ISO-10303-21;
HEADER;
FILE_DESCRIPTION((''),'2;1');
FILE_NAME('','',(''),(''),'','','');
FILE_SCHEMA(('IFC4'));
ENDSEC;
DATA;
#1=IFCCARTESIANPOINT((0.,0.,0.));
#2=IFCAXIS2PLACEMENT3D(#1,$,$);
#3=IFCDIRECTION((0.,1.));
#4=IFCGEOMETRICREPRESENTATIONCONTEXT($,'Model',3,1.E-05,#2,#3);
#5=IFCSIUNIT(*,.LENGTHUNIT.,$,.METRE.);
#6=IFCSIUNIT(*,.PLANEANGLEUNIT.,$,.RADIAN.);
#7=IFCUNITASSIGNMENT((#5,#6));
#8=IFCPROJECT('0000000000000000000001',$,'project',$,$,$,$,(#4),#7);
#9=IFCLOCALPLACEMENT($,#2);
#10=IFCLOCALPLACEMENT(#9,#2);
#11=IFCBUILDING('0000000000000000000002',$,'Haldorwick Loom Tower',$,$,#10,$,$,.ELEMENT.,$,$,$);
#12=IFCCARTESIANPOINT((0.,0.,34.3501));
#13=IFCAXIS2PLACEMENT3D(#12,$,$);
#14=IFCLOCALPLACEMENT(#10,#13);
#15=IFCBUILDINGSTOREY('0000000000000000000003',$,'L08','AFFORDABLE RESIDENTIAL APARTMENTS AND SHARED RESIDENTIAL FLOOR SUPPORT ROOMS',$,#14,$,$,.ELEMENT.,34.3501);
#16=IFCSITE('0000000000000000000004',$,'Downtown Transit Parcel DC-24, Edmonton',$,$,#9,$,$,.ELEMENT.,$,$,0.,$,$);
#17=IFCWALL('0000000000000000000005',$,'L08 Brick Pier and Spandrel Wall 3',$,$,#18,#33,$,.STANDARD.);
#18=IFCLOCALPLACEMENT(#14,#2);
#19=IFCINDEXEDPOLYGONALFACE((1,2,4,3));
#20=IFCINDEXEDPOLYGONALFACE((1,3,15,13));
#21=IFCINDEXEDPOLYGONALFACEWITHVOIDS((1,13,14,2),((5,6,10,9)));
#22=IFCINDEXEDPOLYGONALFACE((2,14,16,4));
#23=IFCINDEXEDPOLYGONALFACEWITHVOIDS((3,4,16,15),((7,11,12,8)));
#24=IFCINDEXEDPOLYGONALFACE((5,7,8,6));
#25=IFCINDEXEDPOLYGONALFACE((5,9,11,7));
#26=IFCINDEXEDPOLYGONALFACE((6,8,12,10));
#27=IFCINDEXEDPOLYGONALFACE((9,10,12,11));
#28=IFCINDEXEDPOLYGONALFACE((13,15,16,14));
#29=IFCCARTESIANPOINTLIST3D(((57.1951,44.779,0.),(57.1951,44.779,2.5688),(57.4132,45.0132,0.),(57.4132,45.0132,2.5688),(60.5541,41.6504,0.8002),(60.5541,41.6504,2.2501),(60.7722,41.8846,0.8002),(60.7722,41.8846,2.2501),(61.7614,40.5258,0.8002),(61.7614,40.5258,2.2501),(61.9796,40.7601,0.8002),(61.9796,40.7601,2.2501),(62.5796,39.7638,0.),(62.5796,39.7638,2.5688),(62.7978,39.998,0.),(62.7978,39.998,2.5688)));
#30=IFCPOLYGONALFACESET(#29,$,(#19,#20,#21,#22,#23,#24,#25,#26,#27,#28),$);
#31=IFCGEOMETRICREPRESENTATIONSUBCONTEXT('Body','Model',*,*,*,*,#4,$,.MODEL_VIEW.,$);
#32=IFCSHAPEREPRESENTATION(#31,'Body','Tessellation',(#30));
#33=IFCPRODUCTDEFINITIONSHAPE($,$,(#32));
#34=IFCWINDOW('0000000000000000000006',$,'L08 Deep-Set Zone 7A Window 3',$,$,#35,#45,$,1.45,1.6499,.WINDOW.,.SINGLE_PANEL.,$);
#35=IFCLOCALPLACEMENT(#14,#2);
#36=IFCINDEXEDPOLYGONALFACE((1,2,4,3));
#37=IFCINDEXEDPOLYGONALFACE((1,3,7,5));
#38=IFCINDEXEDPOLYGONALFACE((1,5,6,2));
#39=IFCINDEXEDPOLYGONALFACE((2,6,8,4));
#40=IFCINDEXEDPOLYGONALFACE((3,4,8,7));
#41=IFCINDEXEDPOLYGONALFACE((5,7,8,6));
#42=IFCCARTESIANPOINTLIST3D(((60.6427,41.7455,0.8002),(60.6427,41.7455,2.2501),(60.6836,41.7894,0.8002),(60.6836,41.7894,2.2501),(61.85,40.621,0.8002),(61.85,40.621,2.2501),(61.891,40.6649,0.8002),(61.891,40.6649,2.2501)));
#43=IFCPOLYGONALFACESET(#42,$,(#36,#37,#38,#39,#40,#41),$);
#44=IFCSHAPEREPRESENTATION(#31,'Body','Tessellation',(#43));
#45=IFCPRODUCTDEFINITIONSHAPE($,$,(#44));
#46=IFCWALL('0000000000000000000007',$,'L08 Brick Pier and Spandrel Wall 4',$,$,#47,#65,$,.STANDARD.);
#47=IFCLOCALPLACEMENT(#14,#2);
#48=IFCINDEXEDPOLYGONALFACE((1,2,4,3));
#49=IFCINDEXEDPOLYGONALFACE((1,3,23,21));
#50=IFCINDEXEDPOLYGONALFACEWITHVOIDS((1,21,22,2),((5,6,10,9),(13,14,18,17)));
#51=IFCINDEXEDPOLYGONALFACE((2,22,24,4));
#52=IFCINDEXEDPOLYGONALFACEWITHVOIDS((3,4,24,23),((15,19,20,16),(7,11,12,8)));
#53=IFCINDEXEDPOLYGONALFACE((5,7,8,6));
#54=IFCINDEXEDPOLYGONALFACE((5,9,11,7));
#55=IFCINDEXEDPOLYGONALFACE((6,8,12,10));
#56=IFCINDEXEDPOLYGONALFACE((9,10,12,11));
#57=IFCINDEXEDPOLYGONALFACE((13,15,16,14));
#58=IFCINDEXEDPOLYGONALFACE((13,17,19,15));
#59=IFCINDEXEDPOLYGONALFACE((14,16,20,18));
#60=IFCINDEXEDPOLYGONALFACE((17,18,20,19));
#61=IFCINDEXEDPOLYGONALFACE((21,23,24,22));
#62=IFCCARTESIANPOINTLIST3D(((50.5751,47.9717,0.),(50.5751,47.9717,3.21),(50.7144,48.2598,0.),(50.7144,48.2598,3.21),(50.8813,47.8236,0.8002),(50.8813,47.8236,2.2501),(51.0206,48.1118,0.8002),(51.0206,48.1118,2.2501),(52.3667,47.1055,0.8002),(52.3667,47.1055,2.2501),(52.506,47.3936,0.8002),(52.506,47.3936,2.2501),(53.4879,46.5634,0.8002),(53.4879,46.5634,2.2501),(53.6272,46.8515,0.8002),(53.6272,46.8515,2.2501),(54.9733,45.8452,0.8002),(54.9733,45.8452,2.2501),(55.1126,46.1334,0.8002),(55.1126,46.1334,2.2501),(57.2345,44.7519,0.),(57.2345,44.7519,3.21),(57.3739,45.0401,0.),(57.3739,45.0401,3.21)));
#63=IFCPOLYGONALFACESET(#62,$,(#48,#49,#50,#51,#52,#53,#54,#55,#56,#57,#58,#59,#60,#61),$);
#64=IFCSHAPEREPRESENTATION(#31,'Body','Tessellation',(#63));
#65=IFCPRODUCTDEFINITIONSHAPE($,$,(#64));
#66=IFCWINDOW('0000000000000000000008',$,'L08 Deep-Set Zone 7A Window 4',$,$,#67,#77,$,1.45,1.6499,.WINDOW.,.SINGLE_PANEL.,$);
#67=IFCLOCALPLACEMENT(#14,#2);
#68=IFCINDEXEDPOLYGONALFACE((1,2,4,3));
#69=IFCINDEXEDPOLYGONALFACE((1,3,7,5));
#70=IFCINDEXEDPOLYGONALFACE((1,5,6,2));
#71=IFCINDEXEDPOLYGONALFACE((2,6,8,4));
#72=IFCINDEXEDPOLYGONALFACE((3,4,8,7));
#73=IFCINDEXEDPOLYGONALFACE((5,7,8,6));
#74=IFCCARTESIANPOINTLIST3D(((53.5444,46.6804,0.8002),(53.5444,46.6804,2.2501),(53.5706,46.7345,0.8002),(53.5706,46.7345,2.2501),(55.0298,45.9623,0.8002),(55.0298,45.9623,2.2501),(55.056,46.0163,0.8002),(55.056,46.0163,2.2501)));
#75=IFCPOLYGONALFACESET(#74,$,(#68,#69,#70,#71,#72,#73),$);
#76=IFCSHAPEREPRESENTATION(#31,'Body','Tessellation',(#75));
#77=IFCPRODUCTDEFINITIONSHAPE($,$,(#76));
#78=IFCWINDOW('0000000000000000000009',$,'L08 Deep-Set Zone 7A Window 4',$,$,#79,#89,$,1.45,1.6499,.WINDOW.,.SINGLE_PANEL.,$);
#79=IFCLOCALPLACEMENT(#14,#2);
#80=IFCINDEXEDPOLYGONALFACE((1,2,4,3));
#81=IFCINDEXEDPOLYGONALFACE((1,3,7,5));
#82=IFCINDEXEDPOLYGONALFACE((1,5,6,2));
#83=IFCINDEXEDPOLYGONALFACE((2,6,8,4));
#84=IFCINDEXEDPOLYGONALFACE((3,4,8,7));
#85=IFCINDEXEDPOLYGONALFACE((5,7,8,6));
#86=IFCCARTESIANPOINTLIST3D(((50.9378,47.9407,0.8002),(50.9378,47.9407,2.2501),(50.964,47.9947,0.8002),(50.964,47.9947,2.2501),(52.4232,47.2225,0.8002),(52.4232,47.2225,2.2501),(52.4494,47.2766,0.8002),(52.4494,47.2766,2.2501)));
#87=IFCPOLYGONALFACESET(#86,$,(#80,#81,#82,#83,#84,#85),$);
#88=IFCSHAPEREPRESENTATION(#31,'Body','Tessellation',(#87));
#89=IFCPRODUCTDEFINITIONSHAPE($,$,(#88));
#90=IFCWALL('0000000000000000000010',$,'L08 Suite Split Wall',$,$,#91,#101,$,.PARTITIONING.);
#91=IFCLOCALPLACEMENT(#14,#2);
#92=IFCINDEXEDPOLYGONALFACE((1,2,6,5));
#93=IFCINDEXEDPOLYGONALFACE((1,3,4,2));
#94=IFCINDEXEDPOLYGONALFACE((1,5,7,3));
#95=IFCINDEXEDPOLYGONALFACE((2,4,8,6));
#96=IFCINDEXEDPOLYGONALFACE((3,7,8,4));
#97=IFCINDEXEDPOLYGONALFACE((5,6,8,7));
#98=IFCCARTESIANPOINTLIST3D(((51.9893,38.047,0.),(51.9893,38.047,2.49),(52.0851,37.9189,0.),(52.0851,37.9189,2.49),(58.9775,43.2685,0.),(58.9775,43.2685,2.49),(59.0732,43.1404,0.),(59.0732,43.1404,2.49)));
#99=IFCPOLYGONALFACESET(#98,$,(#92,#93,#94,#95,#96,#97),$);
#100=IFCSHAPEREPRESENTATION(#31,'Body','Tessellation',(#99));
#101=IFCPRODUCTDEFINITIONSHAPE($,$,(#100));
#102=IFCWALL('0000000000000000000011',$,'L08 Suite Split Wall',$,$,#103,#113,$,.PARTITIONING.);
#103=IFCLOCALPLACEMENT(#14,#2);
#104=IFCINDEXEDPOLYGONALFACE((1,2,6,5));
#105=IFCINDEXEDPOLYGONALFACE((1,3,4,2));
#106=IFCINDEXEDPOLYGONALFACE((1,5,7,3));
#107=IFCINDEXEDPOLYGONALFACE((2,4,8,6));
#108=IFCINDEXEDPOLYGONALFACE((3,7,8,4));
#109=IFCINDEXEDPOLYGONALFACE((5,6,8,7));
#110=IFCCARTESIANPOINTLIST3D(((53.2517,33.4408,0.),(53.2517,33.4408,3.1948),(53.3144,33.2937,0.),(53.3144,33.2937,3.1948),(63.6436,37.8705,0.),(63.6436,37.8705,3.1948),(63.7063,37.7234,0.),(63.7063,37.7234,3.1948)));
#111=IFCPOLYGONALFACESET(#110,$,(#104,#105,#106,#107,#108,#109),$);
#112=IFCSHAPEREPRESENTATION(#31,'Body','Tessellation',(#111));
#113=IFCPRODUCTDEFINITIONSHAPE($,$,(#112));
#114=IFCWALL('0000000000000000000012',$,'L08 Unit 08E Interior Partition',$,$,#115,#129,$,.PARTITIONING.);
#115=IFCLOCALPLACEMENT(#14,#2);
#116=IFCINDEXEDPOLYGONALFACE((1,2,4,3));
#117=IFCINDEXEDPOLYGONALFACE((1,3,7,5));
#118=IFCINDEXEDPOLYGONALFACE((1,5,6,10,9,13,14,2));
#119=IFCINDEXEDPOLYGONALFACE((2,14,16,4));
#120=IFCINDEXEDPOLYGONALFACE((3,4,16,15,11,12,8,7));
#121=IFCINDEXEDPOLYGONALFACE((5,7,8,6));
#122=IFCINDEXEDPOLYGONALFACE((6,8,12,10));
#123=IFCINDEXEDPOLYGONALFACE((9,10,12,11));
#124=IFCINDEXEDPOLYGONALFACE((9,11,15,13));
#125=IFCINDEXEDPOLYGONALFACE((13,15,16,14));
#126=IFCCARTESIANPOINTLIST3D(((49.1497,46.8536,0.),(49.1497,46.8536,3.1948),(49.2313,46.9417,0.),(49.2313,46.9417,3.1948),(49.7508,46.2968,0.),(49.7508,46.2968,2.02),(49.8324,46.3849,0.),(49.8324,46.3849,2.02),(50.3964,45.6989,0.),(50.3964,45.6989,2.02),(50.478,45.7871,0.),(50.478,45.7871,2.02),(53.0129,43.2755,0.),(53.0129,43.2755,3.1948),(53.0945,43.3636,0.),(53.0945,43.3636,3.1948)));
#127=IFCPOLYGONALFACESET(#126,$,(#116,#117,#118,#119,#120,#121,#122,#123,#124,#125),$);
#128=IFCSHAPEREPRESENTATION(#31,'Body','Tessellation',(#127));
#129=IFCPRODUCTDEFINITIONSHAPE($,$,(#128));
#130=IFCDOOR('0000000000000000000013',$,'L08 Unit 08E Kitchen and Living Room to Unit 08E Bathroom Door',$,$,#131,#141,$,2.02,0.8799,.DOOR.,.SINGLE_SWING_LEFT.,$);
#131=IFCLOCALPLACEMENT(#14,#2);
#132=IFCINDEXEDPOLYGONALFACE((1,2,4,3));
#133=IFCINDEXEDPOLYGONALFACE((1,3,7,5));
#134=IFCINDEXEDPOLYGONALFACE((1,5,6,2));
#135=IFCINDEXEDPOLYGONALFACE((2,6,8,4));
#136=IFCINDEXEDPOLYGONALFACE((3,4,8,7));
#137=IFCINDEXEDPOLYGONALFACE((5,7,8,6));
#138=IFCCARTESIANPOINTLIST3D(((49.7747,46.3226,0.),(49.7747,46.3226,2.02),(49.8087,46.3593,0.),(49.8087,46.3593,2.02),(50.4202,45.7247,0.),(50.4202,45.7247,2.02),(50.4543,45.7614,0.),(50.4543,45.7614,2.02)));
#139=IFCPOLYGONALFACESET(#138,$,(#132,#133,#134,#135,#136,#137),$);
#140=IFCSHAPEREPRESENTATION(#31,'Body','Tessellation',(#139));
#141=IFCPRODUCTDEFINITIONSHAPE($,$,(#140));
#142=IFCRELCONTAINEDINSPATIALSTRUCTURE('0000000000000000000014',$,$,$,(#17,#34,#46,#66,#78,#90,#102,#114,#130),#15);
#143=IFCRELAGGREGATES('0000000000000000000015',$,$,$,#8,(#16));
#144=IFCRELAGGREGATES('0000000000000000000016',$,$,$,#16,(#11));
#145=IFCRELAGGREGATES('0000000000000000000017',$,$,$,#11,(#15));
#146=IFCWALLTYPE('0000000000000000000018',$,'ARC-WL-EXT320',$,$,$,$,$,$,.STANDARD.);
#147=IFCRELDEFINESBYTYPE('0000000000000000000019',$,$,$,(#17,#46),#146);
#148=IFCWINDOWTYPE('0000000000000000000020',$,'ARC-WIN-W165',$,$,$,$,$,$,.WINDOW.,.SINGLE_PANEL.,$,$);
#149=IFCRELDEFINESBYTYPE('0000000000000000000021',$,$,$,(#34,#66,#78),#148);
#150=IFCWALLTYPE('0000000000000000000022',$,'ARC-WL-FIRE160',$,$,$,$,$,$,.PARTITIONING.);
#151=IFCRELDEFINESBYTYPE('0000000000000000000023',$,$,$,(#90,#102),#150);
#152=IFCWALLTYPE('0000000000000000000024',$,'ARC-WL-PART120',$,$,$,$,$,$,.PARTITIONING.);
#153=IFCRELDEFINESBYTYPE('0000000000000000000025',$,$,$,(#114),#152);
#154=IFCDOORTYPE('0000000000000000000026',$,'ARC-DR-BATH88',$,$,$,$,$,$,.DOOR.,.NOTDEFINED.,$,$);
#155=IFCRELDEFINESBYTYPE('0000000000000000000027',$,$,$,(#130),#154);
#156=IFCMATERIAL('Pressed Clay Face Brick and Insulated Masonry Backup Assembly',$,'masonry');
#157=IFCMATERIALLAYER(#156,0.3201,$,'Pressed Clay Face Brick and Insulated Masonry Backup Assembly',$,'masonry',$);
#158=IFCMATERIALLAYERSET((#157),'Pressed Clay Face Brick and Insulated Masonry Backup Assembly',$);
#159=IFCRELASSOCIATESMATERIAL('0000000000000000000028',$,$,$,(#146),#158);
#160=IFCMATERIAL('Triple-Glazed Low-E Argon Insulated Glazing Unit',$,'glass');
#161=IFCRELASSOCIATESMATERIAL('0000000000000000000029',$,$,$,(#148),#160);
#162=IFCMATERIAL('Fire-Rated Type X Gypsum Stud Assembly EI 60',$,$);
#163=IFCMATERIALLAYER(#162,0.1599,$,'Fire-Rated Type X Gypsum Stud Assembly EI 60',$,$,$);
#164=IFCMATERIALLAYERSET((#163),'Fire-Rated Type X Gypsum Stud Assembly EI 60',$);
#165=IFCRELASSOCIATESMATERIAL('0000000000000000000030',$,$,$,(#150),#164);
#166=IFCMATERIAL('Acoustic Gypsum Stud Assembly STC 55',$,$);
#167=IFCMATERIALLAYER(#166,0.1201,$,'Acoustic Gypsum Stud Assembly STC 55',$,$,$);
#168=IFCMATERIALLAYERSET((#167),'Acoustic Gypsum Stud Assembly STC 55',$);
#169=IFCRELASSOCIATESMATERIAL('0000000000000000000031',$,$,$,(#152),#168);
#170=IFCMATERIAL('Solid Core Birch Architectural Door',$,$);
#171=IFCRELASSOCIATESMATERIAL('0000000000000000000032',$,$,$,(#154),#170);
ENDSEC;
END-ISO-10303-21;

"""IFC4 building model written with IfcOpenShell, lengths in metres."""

from ifc_helpers import new_model, si_unit, direction, frame, frame_2d, origin, place, context, subcontext, project, spatial, rectangle, extrude, material, layer, layer_set, type_object, element, fill, save


model = new_model("IFC4")

# Units and contexts
model_context = context("Model", 3, precision=1e-05, world=origin(), true_north=direction((0.0, 1.0)))
body_context = subcontext(model_context, "Body", "Model", "MODEL_VIEW")
ifc_project = project(units=[si_unit("LENGTHUNIT", "METRE"), si_unit("PLANEANGLEUNIT", "RADIAN")], contexts=[model_context])

# Site, building, storey
site_placement = place(None, origin())
site = spatial("IfcSite", under=ifc_project, at=site_placement, Name="Downtown Transit Parcel DC-24, Edmonton", CompositionType="ELEMENT", RefElevation=0.0)
building_placement = place(site_placement, origin())
building = spatial("IfcBuilding", under=site, at=building_placement, Name="Haldorwick Loom Tower", CompositionType="ELEMENT")
storey_placement = place(building_placement, frame((0.0, 0.0, 34.3501)))
storey = spatial("IfcBuildingStorey", under=building, at=storey_placement, Name="L08", Description="AFFORDABLE RESIDENTIAL APARTMENTS AND SHARED RESIDENTIAL FLOOR SUPPORT ROOMS", CompositionType="ELEMENT", Elevation=34.3501)

# Wall, opening, window
ifc_material_1 = material(Name="Pressed Clay Face Brick and Insulated Masonry Backup Assembly", Category="masonry")
ifc_layer_1 = layer(ifc_material_1, 0.3201, Name="Pressed Clay Face Brick and Insulated Masonry Backup Assembly", Category="masonry")
ifc_layer_set_1 = layer_set([ifc_layer_1], Name="Pressed Clay Face Brick and Insulated Masonry Backup Assembly")
wall_type_1 = type_object("IfcWallType", Name="ARC-WL-EXT320", PredefinedType="STANDARD", material=ifc_layer_set_1)
ifc_material_2 = material(Name="Triple-Glazed Low-E Argon Insulated Glazing Unit", Category="glass")
window_type = type_object("IfcWindowType", Name="ARC-WIN-W165", PartitioningType="SINGLE_PANEL", PredefinedType="WINDOW", material=ifc_material_2)
wall_1_placement = place(storey_placement, frame((62.6887, 39.8809, 0.0), z_axis=(0.0, 0.0, 1.0), x_axis=(-0.731761, 0.681561, 0.0)))
wall_1 = element("IfcWall", 1, at=wall_1_placement, inside=storey, type_object=wall_type_1, Name="L08 Brick Pier and Spandrel Wall 3", PredefinedType="STANDARD", context=body_context, shape_type="SweptSolid", body=[
    extrude(rectangle(XDim=7.3584, YDim=0.3201, at=frame_2d((3.6792, 0.0))), origin(), (0.0, 0.0, 1.0), 2.5688),
])
opening_1_placement = place(wall_1_placement, frame((1.1182, 0.0, 0.8)))
opening_1 = element("IfcOpeningElement", 2, at=opening_1_placement, cuts=wall_1, PredefinedType="OPENING", context=body_context, shape_type="SweptSolid", body=[
    extrude(rectangle(XDim=1.6499, YDim=1.45, at=frame_2d((0.825, 0.7251))), frame((0.0, 0.1699, 0.0), z_axis=(0.0, -1.0, 0.0), x_axis=(1.0, 0.0, 0.0)), (0.0, 0.0, 1.0), 0.3401),
])
window_1_placement = place(opening_1_placement, origin())
window_1 = element("IfcWindow", 3, at=window_1_placement, inside=storey, type_object=window_type, Name="L08 Deep-Set Zone 7A Window 3", OverallHeight=1.45, OverallWidth=1.6499, PartitioningType="SINGLE_PANEL", PredefinedType="WINDOW", context=body_context, shape_type="SweptSolid", body=[
    extrude(rectangle(XDim=1.6499, YDim=1.45, at=frame_2d((0.825, 0.7251))), frame((0.0, 0.03, 0.0), z_axis=(0.0, -1.0, 0.0), x_axis=(1.0, 0.0, 0.0)), (0.0, 0.0, 1.0), 0.0601),
])
fill(opening_1, window_1)

# Wall, openings, windows
wall_2_placement = place(storey_placement, frame((57.3042, 44.896, 0.0), z_axis=(0.0, 0.0, 1.0), x_axis=(-0.900296, 0.435279, 0.0)))
wall_2 = element("IfcWall", 4, at=wall_2_placement, inside=storey, type_object=wall_type_1, Name="L08 Brick Pier and Spandrel Wall 4", PredefinedType="STANDARD", context=body_context, shape_type="SweptSolid", body=[
    extrude(rectangle(XDim=7.397, YDim=0.3201, at=frame_2d((3.6985, 0.0))), origin(), (0.0, 0.0, 1.0), 3.21),
])
opening_2_placement = place(wall_2_placement, frame((2.5117, 0.0, 0.8)))
opening_2 = element("IfcOpeningElement", 5, at=opening_2_placement, cuts=wall_2, PredefinedType="OPENING", context=body_context, shape_type="SweptSolid", body=[
    extrude(rectangle(XDim=1.6499, YDim=1.45, at=frame_2d((0.825, 0.7251))), frame((0.0, 0.1699, 0.0), z_axis=(0.0, -1.0, 0.0), x_axis=(1.0, 0.0, 0.0)), (0.0, 0.0, 1.0), 0.3401),
])
opening_3_placement = place(wall_2_placement, frame((5.407, 0.0, 0.8)))
opening_3 = element("IfcOpeningElement", 6, at=opening_3_placement, cuts=wall_2, PredefinedType="OPENING", context=body_context, shape_type="SweptSolid", body=[
    extrude(rectangle(XDim=1.6499, YDim=1.45, at=frame_2d((0.825, 0.7251))), frame((0.0, 0.1699, 0.0), z_axis=(0.0, -1.0, 0.0), x_axis=(1.0, 0.0, 0.0)), (0.0, 0.0, 1.0), 0.3401),
])
window_2_placement = place(opening_2_placement, origin())
window_2 = element("IfcWindow", 7, at=window_2_placement, inside=storey, type_object=window_type, Name="L08 Deep-Set Zone 7A Window 4", OverallHeight=1.45, OverallWidth=1.6499, PartitioningType="SINGLE_PANEL", PredefinedType="WINDOW", context=body_context, shape_type="SweptSolid", body=[
    extrude(rectangle(XDim=1.6499, YDim=1.45, at=frame_2d((0.825, 0.7251))), frame((0.0, 0.03, 0.0), z_axis=(0.0, -1.0, 0.0), x_axis=(1.0, 0.0, 0.0)), (0.0, 0.0, 1.0), 0.0601),
])
fill(opening_2, window_2)
window_3_placement = place(opening_3_placement, origin())
window_3 = element("IfcWindow", 8, at=window_3_placement, inside=storey, type_object=window_type, Name="L08 Deep-Set Zone 7A Window 4", OverallHeight=1.45, OverallWidth=1.6499, PartitioningType="SINGLE_PANEL", PredefinedType="WINDOW", context=body_context, shape_type="SweptSolid", body=[
    extrude(rectangle(XDim=1.6499, YDim=1.45, at=frame_2d((0.825, 0.7251))), frame((0.0, 0.03, 0.0), z_axis=(0.0, -1.0, 0.0), x_axis=(1.0, 0.0, 0.0)), (0.0, 0.0, 1.0), 0.0601),
])
fill(opening_3, window_3)

# Walls
ifc_material_3 = material(Name="Fire-Rated Type X Gypsum Stud Assembly EI 60")
ifc_layer_2 = layer(ifc_material_3, 0.1599, Name="Fire-Rated Type X Gypsum Stud Assembly EI 60")
ifc_layer_set_2 = layer_set([ifc_layer_2], Name="Fire-Rated Type X Gypsum Stud Assembly EI 60")
wall_type_2 = type_object("IfcWallType", Name="ARC-WL-FIRE160", PredefinedType="PARTITIONING", material=ifc_layer_set_2)
wall_3_placement = place(storey_placement, frame((52.0371, 37.9829, 0.0), z_axis=(0.0, 0.0, 1.0), x_axis=(0.801077, 0.598562, 0.0)))
element("IfcWall", 9, at=wall_3_placement, inside=storey, type_object=wall_type_2, Name="L08 Suite Split Wall", PredefinedType="PARTITIONING", context=body_context, shape_type="SweptSolid", body=[
    extrude(rectangle(XDim=8.7234, YDim=0.1599, at=frame_2d((4.3618, 0.0))), origin(), (0.0, 0.0, 1.0), 2.49),
])
wall_4_placement = place(storey_placement, frame((53.283, 33.3672, 0.0), z_axis=(0.0, 0.0, 1.0), x_axis=(0.919911, 0.392127, 0.0)))
element("IfcWall", 10, at=wall_4_placement, inside=storey, type_object=wall_type_2, Name="L08 Suite Split Wall", PredefinedType="PARTITIONING", context=body_context, shape_type="SweptSolid", body=[
    extrude(rectangle(XDim=11.2966, YDim=0.1599, at=frame_2d((5.6484, 0.0))), origin(), (0.0, 0.0, 1.0), 3.1948),
])

# Wall, opening, door
ifc_material_4 = material(Name="Acoustic Gypsum Stud Assembly STC 55")
ifc_layer_3 = layer(ifc_material_4, 0.1201, Name="Acoustic Gypsum Stud Assembly STC 55")
ifc_layer_set_3 = layer_set([ifc_layer_3], Name="Acoustic Gypsum Stud Assembly STC 55")
wall_type_3 = type_object("IfcWallType", Name="ARC-WL-PART120", PredefinedType="PARTITIONING", material=ifc_layer_set_3)
wall_5_placement = place(storey_placement, frame((53.0537, 43.3196, 0.0), z_axis=(0.0, 0.0, 1.0), x_axis=(-0.733665, 0.679512, 0.0)))
wall_5 = element("IfcWall", 11, at=wall_5_placement, inside=storey, type_object=wall_type_3, Name="L08 Unit 08E Interior Partition", PredefinedType="PARTITIONING", context=body_context, shape_type="SweptSolid", body=[
    extrude(rectangle(XDim=5.2656, YDim=0.1201, at=frame_2d((2.6328, 0.0))), origin(), (0.0, 0.0, 1.0), 3.1948),
])
opening_4_placement = place(wall_5_placement, frame((3.5664, 0.0, 0.0)))
opening_4 = element("IfcOpeningElement", 12, at=opening_4_placement, cuts=wall_5, PredefinedType="OPENING", context=body_context, shape_type="SweptSolid", body=[
    extrude(rectangle(XDim=0.8799, YDim=2.02, at=frame_2d((0.4399, 1.01))), frame((0.0, 0.0701, 0.0), z_axis=(0.0, -1.0, 0.0), x_axis=(1.0, 0.0, 0.0)), (0.0, 0.0, 1.0), 0.1401),
])
ifc_material_5 = material(Name="Solid Core Birch Architectural Door")
door_type_1 = type_object("IfcDoorType", Name="ARC-DR-BATH88", OperationType="NOTDEFINED", PredefinedType="DOOR", material=ifc_material_5)
door_1_placement = place(opening_4_placement, origin())
door_1 = element("IfcDoor", 13, at=door_1_placement, inside=storey, type_object=door_type_1, Name="L08 Unit 08E Kitchen and Living Room to Unit 08E Bathroom Door", OperationType="SINGLE_SWING_LEFT", OverallHeight=2.02, OverallWidth=0.8799, PredefinedType="DOOR", context=body_context, shape_type="SweptSolid", body=[
    extrude(rectangle(XDim=0.8799, YDim=2.02, at=frame_2d((0.4399, 1.01))), frame((0.0, 0.0249, 0.0), z_axis=(0.0, -1.0, 0.0), x_axis=(1.0, 0.0, 0.0)), (0.0, 0.0, 1.0), 0.05),
])
fill(opening_4, door_1)

save(model, "model.ifc")
